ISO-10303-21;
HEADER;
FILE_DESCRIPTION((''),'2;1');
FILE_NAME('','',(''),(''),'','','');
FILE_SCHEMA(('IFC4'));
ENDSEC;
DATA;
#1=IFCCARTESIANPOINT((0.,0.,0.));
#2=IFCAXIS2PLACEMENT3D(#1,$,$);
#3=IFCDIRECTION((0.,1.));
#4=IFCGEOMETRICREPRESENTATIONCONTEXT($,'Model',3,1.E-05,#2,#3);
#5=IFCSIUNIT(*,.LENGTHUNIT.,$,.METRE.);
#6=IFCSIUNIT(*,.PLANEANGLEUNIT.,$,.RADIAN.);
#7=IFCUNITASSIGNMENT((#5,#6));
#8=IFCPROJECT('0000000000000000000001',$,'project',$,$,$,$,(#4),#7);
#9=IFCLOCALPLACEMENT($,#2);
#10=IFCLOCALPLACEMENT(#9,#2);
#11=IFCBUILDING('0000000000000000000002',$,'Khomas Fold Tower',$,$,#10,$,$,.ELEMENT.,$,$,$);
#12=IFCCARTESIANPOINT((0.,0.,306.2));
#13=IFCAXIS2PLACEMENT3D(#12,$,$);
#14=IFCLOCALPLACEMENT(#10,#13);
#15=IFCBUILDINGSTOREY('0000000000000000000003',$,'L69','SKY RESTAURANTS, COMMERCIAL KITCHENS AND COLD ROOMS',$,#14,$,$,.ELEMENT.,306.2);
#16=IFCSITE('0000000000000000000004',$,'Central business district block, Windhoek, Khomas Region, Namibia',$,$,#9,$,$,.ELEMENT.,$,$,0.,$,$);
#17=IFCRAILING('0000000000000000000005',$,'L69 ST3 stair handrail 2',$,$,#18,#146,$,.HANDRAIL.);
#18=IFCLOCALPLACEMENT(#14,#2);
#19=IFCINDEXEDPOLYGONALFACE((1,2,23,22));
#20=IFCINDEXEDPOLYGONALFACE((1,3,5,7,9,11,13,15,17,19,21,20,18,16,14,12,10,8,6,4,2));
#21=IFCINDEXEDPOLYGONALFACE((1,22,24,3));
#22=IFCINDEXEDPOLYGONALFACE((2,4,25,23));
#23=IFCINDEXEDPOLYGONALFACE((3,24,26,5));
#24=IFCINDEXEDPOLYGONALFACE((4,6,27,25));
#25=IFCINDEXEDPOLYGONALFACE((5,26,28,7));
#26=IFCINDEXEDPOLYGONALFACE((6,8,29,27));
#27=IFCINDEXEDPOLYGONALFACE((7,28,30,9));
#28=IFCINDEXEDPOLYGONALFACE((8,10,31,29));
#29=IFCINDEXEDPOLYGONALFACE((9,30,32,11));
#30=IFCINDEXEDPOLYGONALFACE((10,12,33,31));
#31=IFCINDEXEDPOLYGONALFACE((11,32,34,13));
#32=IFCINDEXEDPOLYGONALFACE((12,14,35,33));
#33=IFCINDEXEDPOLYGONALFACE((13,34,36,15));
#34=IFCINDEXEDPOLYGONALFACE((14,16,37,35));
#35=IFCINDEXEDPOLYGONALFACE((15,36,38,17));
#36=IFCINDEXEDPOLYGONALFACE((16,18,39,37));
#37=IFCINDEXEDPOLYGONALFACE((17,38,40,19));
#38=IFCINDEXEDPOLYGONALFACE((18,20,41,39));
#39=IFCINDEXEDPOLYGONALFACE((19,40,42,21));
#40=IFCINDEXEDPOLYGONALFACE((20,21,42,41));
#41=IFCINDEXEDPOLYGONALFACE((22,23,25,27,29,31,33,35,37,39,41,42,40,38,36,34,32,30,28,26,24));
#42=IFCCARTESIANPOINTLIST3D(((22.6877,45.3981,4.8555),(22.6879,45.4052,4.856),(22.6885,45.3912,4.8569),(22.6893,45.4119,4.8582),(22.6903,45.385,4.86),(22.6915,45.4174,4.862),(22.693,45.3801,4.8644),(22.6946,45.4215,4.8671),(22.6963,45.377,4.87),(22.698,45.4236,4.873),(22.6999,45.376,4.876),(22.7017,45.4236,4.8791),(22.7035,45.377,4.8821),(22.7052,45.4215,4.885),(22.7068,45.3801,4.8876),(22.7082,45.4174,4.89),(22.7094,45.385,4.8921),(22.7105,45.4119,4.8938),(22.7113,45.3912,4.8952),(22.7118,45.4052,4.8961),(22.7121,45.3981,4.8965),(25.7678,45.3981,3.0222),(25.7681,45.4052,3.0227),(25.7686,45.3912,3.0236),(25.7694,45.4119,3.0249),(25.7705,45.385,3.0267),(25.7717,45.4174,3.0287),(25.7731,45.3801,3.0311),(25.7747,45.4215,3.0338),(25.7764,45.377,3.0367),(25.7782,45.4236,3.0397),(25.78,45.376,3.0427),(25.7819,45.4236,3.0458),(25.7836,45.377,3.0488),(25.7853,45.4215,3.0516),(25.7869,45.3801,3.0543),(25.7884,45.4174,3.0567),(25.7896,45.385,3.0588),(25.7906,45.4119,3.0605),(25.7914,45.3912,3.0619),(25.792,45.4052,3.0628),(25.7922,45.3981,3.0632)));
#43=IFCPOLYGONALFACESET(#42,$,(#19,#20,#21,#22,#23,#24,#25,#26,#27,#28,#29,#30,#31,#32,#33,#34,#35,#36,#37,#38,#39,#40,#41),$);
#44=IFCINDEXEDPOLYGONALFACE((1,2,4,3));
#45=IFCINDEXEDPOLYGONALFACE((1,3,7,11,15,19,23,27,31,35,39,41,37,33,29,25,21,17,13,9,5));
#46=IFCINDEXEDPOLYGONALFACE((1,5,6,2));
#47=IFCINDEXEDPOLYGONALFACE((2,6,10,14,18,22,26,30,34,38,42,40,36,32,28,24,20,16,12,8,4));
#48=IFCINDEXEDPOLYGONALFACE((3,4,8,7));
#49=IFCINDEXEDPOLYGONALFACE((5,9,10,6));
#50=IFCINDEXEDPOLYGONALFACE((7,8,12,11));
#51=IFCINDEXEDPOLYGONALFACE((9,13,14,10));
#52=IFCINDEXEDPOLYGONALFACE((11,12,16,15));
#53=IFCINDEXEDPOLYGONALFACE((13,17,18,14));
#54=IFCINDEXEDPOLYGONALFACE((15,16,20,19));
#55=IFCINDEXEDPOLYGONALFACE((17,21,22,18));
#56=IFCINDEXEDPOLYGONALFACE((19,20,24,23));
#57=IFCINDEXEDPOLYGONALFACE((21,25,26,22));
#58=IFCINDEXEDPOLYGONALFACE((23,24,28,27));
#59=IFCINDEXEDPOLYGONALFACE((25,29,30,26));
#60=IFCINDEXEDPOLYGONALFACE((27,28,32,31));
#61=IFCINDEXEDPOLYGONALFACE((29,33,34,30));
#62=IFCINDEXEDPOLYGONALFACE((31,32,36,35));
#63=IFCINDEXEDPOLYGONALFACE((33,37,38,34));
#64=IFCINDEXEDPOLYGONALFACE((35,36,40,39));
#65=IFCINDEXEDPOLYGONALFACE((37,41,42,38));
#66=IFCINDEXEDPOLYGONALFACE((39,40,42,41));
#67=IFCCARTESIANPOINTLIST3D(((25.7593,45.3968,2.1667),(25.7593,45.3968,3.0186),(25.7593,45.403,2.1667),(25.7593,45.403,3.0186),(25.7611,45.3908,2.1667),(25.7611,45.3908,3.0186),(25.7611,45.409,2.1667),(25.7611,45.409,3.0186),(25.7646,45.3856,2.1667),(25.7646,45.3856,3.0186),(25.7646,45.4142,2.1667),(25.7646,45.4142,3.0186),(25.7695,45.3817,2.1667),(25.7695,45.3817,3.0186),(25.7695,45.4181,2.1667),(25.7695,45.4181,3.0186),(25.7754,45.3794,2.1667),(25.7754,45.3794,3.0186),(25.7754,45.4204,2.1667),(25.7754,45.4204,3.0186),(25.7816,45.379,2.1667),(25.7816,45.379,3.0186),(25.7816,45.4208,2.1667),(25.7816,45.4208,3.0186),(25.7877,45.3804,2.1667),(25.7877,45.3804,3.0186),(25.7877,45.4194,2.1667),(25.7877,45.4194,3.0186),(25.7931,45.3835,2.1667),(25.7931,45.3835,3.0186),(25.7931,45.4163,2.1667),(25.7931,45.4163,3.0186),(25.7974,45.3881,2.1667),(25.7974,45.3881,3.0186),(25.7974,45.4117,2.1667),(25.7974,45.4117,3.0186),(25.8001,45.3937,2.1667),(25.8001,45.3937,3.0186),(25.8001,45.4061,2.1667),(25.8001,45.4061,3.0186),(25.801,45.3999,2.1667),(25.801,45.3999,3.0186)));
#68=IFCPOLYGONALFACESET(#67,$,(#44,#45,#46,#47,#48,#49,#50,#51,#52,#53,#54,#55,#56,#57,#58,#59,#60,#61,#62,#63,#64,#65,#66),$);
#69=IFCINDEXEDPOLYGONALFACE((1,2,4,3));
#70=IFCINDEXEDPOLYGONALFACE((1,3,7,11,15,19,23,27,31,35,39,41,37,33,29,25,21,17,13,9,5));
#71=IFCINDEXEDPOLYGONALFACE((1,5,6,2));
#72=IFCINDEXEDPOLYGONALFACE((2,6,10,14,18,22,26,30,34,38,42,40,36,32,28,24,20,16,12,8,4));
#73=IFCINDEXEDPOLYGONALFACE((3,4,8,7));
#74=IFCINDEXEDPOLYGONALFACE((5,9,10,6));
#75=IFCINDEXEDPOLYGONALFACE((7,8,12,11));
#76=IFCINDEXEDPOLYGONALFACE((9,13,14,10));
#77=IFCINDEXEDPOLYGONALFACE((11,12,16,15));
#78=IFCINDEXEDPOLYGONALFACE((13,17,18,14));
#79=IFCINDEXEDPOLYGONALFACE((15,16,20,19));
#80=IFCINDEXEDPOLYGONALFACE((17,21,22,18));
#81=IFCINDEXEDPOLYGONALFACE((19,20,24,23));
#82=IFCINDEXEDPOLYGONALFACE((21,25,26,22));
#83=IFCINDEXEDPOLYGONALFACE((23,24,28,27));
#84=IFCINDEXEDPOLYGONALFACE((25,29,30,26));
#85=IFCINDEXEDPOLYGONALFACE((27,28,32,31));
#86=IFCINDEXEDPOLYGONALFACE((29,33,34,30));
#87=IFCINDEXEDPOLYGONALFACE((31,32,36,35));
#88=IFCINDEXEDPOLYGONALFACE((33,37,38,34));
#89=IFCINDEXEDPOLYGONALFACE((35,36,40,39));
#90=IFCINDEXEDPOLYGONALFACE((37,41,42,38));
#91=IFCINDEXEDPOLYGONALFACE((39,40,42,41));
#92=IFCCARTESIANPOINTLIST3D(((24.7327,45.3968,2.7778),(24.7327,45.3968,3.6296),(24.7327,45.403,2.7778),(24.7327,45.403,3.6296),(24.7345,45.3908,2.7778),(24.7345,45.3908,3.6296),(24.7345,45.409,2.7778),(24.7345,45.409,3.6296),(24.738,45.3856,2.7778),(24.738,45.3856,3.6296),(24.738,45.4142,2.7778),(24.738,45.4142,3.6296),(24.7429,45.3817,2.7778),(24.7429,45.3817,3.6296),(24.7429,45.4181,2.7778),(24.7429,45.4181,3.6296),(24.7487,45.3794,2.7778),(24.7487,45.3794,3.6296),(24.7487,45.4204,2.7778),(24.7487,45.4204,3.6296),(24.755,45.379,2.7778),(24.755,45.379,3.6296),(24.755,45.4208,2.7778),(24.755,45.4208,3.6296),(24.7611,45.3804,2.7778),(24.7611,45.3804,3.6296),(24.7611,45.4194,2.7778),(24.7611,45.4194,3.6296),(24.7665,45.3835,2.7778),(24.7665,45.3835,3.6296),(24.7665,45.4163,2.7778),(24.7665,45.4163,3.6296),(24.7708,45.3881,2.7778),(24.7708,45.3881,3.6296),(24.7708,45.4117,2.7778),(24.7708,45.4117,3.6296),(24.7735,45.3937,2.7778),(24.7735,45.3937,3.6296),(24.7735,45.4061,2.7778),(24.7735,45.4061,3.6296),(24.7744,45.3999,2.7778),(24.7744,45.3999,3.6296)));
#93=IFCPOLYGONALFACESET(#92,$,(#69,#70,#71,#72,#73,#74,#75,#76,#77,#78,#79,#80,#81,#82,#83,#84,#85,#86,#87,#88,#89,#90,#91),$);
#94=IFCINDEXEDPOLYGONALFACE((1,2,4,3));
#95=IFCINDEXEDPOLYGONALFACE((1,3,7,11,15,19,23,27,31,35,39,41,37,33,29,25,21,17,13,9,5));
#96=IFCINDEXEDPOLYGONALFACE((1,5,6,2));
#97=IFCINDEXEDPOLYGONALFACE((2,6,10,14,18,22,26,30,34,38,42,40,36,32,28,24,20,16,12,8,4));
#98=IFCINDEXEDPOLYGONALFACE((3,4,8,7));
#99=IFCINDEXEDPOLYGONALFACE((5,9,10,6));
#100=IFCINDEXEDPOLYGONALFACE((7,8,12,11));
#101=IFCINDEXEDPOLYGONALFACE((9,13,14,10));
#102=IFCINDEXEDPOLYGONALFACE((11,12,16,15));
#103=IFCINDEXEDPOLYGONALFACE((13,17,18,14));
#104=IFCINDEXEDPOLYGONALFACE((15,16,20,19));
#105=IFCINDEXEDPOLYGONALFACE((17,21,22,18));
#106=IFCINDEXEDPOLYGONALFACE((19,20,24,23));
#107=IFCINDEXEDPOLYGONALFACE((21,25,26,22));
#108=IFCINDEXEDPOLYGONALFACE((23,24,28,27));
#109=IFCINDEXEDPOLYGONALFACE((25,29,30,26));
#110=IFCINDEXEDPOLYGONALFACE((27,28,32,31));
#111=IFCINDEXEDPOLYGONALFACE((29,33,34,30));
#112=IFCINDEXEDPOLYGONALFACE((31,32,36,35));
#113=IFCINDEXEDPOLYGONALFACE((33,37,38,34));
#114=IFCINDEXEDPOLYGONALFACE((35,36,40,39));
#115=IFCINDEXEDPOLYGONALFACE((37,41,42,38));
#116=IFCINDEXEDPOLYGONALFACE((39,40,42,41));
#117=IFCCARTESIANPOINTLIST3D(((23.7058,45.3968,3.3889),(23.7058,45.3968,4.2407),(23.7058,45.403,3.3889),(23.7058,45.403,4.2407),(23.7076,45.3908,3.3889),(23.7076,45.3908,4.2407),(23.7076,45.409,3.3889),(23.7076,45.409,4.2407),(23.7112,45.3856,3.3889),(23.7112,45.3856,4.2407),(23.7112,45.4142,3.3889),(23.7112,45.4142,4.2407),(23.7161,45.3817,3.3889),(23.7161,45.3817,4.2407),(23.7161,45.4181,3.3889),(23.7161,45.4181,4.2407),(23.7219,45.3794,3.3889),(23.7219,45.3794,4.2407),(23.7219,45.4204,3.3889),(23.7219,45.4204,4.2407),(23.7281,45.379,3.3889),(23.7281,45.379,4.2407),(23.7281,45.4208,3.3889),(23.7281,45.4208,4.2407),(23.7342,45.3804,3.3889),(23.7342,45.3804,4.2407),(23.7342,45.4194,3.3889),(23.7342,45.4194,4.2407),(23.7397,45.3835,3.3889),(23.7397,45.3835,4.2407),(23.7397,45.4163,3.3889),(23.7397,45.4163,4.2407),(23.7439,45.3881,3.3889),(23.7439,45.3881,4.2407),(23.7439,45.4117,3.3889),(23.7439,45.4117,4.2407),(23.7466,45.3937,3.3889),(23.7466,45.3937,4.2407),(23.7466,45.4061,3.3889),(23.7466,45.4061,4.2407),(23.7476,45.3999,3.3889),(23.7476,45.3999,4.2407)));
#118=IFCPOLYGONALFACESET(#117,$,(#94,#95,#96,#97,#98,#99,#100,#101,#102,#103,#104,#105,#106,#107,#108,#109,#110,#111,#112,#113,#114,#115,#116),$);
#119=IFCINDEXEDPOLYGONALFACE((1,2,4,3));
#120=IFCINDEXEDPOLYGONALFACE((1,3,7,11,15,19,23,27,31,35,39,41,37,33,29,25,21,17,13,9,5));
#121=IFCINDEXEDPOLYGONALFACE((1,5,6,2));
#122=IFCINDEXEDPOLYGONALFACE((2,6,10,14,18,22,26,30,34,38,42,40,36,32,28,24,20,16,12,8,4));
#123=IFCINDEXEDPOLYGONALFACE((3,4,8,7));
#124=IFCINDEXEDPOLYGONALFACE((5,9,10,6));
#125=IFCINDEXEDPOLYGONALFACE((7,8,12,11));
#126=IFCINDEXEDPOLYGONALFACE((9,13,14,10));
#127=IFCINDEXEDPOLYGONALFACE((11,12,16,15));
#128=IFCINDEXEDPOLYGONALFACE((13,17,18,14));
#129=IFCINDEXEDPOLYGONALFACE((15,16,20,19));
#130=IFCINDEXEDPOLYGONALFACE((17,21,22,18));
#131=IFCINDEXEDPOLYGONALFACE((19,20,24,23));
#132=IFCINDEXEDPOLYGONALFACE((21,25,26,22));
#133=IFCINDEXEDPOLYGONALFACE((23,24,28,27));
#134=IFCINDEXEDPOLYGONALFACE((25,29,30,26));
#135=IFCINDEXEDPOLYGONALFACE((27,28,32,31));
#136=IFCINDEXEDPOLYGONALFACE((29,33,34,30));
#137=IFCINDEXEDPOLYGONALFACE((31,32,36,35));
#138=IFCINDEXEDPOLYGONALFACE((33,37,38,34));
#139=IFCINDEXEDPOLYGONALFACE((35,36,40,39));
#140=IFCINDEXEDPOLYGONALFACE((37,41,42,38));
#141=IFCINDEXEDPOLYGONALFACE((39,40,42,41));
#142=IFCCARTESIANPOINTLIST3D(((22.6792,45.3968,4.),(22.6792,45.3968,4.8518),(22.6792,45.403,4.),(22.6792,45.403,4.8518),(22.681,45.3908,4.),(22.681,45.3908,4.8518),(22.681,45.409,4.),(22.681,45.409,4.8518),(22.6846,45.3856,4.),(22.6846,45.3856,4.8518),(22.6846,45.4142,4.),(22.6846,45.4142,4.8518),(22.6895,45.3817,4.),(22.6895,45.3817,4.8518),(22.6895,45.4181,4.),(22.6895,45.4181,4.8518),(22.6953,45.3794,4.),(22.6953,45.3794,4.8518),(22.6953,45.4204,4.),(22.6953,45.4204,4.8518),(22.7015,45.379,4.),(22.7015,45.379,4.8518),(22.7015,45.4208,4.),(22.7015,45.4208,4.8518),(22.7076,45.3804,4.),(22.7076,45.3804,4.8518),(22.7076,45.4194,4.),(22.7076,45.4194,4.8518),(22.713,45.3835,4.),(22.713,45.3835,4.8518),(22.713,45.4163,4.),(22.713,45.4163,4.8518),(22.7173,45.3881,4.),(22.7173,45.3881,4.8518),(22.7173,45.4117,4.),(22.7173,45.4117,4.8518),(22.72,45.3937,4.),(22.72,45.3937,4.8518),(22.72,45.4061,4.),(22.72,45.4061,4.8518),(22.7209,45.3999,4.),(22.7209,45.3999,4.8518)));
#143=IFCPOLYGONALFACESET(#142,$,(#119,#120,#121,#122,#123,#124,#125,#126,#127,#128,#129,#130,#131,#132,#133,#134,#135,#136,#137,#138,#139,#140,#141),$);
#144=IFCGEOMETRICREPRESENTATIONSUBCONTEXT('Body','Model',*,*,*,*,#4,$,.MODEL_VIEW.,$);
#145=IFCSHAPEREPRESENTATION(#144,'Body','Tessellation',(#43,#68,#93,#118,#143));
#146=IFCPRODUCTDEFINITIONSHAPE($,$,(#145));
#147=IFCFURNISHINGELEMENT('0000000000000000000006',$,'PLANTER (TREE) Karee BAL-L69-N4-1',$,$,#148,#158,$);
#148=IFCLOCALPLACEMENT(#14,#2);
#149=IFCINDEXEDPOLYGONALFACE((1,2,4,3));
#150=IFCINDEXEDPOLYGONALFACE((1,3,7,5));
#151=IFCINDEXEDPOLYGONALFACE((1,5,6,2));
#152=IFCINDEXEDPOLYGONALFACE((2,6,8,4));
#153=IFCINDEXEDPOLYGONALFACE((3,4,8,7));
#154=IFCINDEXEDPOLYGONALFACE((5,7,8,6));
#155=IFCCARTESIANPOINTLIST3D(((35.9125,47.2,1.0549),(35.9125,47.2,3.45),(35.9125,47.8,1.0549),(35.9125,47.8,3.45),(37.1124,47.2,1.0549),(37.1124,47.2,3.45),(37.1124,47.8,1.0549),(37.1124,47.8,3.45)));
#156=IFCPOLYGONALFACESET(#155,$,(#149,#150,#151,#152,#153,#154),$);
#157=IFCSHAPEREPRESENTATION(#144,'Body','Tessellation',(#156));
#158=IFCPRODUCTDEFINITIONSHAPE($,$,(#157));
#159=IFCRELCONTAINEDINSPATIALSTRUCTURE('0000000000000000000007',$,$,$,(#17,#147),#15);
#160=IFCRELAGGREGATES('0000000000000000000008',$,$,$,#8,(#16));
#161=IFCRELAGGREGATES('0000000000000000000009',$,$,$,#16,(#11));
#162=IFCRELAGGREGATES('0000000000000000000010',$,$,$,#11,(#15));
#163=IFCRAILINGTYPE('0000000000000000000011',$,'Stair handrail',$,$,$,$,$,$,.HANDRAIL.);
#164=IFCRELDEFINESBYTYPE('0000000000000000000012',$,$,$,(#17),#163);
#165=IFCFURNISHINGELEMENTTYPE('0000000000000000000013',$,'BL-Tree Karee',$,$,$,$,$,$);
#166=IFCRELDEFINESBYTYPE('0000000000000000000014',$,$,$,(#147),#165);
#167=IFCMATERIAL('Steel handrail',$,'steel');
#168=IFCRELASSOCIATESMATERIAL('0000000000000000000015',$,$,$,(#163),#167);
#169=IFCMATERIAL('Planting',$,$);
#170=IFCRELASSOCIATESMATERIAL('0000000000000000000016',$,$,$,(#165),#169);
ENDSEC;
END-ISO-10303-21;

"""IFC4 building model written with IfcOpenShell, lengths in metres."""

from ifc_helpers import new_model, si_unit, direction, frame, origin, origin_2d, place, context, subcontext, project, spatial, rectangle, circle, extrude, source, transform, mapped, material, type_object, element, save


model = new_model("IFC4")

# Units and contexts
model_context = context("Model", 3, precision=1e-05, world=origin(), true_north=direction((0.0, 1.0)))
body_context = subcontext(model_context, "Body", "Model", "MODEL_VIEW")
ifc_project = project(units=[si_unit("LENGTHUNIT", "METRE"), si_unit("PLANEANGLEUNIT", "RADIAN")], contexts=[model_context])

# Site, building, storey
site_placement = place(None, origin())
site = spatial("IfcSite", under=ifc_project, at=site_placement, Name="Central business district block, Windhoek, Khomas Region, Namibia", CompositionType="ELEMENT", RefElevation=0.0)
building_placement = place(site_placement, origin())
building = spatial("IfcBuilding", under=site, at=building_placement, Name="Khomas Fold Tower", CompositionType="ELEMENT")
storey_placement = place(building_placement, frame((0.0, 0.0, 306.2)))
storey = spatial("IfcBuildingStorey", under=building, at=storey_placement, Name="L69", Description="SKY RESTAURANTS, COMMERCIAL KITCHENS AND COLD ROOMS", CompositionType="ELEMENT", Elevation=306.2)

# Railing
ifc_material_1 = material(Name="Steel handrail", Category="steel")
railing_type_1 = type_object("IfcRailingType", Name="Stair handrail", PredefinedType="HANDRAIL", material=ifc_material_1)
shared_shape_1 = source(origin(), body_context, "Body", "SweptSolid", [
    extrude(circle(Radius=0.0239, at=origin_2d()), frame((0.0, 0.0, 0.876), z_axis=(-0.859309, 0.0, 0.511458), x_axis=(0.0, -1.0, 0.0)), (0.0, 0.0, 1.0), 3.5845),
    extrude(circle(Radius=0.021, at=origin_2d()), origin(), (0.0, 0.0, 1.0), 0.8518),
    extrude(circle(Radius=0.021, at=origin_2d()), frame((-1.0266, 0.0, 0.6111)), (0.0, 0.0, 1.0), 0.8518),
    extrude(circle(Radius=0.021, at=origin_2d()), frame((-2.0535, 0.0, 1.2222)), (0.0, 0.0, 1.0), 0.8518),
    extrude(circle(Radius=0.021, at=origin_2d()), frame((-3.0801, 0.0, 1.8333)), (0.0, 0.0, 1.0), 0.8518),
])
railing_1_placement = place(storey_placement, frame((25.78, 45.3999, 2.1667)))
element("IfcRailing", 1, at=railing_1_placement, inside=storey, type_object=railing_type_1, Name="L69 ST3 stair handrail 2", PredefinedType="HANDRAIL", context=body_context, shape_type="MappedRepresentation", body=[
    mapped(shared_shape_1, transform((0.0, 0.0, 0.0))),
])

# Furnishing element
ifc_material_2 = material(Name="Planting")
furnishing_element_type = type_object("IfcFurnishingElementType", Name="BL-Tree Karee", material=ifc_material_2)
shared_shape_2 = source(origin(), body_context, "Body", "SweptSolid", [
    extrude(rectangle(XDim=1.2, YDim=0.6001, at=origin_2d()), origin(), (0.0, 0.0, 1.0), 2.395),
])
furnishing_placement = place(storey_placement, frame((36.5125, 47.5, 1.0549), z_axis=(0.0, 0.0, 1.0), x_axis=(1.0, 0.0, 0.0)))
element("IfcFurnishingElement", 2, at=furnishing_placement, inside=storey, type_object=furnishing_element_type, Name="PLANTER (TREE) Karee BAL-L69-N4-1", context=body_context, shape_type="MappedRepresentation", body=[
    mapped(shared_shape_2, transform((0.0, 0.0, 0.0))),
])

save(model, "model.ifc")
